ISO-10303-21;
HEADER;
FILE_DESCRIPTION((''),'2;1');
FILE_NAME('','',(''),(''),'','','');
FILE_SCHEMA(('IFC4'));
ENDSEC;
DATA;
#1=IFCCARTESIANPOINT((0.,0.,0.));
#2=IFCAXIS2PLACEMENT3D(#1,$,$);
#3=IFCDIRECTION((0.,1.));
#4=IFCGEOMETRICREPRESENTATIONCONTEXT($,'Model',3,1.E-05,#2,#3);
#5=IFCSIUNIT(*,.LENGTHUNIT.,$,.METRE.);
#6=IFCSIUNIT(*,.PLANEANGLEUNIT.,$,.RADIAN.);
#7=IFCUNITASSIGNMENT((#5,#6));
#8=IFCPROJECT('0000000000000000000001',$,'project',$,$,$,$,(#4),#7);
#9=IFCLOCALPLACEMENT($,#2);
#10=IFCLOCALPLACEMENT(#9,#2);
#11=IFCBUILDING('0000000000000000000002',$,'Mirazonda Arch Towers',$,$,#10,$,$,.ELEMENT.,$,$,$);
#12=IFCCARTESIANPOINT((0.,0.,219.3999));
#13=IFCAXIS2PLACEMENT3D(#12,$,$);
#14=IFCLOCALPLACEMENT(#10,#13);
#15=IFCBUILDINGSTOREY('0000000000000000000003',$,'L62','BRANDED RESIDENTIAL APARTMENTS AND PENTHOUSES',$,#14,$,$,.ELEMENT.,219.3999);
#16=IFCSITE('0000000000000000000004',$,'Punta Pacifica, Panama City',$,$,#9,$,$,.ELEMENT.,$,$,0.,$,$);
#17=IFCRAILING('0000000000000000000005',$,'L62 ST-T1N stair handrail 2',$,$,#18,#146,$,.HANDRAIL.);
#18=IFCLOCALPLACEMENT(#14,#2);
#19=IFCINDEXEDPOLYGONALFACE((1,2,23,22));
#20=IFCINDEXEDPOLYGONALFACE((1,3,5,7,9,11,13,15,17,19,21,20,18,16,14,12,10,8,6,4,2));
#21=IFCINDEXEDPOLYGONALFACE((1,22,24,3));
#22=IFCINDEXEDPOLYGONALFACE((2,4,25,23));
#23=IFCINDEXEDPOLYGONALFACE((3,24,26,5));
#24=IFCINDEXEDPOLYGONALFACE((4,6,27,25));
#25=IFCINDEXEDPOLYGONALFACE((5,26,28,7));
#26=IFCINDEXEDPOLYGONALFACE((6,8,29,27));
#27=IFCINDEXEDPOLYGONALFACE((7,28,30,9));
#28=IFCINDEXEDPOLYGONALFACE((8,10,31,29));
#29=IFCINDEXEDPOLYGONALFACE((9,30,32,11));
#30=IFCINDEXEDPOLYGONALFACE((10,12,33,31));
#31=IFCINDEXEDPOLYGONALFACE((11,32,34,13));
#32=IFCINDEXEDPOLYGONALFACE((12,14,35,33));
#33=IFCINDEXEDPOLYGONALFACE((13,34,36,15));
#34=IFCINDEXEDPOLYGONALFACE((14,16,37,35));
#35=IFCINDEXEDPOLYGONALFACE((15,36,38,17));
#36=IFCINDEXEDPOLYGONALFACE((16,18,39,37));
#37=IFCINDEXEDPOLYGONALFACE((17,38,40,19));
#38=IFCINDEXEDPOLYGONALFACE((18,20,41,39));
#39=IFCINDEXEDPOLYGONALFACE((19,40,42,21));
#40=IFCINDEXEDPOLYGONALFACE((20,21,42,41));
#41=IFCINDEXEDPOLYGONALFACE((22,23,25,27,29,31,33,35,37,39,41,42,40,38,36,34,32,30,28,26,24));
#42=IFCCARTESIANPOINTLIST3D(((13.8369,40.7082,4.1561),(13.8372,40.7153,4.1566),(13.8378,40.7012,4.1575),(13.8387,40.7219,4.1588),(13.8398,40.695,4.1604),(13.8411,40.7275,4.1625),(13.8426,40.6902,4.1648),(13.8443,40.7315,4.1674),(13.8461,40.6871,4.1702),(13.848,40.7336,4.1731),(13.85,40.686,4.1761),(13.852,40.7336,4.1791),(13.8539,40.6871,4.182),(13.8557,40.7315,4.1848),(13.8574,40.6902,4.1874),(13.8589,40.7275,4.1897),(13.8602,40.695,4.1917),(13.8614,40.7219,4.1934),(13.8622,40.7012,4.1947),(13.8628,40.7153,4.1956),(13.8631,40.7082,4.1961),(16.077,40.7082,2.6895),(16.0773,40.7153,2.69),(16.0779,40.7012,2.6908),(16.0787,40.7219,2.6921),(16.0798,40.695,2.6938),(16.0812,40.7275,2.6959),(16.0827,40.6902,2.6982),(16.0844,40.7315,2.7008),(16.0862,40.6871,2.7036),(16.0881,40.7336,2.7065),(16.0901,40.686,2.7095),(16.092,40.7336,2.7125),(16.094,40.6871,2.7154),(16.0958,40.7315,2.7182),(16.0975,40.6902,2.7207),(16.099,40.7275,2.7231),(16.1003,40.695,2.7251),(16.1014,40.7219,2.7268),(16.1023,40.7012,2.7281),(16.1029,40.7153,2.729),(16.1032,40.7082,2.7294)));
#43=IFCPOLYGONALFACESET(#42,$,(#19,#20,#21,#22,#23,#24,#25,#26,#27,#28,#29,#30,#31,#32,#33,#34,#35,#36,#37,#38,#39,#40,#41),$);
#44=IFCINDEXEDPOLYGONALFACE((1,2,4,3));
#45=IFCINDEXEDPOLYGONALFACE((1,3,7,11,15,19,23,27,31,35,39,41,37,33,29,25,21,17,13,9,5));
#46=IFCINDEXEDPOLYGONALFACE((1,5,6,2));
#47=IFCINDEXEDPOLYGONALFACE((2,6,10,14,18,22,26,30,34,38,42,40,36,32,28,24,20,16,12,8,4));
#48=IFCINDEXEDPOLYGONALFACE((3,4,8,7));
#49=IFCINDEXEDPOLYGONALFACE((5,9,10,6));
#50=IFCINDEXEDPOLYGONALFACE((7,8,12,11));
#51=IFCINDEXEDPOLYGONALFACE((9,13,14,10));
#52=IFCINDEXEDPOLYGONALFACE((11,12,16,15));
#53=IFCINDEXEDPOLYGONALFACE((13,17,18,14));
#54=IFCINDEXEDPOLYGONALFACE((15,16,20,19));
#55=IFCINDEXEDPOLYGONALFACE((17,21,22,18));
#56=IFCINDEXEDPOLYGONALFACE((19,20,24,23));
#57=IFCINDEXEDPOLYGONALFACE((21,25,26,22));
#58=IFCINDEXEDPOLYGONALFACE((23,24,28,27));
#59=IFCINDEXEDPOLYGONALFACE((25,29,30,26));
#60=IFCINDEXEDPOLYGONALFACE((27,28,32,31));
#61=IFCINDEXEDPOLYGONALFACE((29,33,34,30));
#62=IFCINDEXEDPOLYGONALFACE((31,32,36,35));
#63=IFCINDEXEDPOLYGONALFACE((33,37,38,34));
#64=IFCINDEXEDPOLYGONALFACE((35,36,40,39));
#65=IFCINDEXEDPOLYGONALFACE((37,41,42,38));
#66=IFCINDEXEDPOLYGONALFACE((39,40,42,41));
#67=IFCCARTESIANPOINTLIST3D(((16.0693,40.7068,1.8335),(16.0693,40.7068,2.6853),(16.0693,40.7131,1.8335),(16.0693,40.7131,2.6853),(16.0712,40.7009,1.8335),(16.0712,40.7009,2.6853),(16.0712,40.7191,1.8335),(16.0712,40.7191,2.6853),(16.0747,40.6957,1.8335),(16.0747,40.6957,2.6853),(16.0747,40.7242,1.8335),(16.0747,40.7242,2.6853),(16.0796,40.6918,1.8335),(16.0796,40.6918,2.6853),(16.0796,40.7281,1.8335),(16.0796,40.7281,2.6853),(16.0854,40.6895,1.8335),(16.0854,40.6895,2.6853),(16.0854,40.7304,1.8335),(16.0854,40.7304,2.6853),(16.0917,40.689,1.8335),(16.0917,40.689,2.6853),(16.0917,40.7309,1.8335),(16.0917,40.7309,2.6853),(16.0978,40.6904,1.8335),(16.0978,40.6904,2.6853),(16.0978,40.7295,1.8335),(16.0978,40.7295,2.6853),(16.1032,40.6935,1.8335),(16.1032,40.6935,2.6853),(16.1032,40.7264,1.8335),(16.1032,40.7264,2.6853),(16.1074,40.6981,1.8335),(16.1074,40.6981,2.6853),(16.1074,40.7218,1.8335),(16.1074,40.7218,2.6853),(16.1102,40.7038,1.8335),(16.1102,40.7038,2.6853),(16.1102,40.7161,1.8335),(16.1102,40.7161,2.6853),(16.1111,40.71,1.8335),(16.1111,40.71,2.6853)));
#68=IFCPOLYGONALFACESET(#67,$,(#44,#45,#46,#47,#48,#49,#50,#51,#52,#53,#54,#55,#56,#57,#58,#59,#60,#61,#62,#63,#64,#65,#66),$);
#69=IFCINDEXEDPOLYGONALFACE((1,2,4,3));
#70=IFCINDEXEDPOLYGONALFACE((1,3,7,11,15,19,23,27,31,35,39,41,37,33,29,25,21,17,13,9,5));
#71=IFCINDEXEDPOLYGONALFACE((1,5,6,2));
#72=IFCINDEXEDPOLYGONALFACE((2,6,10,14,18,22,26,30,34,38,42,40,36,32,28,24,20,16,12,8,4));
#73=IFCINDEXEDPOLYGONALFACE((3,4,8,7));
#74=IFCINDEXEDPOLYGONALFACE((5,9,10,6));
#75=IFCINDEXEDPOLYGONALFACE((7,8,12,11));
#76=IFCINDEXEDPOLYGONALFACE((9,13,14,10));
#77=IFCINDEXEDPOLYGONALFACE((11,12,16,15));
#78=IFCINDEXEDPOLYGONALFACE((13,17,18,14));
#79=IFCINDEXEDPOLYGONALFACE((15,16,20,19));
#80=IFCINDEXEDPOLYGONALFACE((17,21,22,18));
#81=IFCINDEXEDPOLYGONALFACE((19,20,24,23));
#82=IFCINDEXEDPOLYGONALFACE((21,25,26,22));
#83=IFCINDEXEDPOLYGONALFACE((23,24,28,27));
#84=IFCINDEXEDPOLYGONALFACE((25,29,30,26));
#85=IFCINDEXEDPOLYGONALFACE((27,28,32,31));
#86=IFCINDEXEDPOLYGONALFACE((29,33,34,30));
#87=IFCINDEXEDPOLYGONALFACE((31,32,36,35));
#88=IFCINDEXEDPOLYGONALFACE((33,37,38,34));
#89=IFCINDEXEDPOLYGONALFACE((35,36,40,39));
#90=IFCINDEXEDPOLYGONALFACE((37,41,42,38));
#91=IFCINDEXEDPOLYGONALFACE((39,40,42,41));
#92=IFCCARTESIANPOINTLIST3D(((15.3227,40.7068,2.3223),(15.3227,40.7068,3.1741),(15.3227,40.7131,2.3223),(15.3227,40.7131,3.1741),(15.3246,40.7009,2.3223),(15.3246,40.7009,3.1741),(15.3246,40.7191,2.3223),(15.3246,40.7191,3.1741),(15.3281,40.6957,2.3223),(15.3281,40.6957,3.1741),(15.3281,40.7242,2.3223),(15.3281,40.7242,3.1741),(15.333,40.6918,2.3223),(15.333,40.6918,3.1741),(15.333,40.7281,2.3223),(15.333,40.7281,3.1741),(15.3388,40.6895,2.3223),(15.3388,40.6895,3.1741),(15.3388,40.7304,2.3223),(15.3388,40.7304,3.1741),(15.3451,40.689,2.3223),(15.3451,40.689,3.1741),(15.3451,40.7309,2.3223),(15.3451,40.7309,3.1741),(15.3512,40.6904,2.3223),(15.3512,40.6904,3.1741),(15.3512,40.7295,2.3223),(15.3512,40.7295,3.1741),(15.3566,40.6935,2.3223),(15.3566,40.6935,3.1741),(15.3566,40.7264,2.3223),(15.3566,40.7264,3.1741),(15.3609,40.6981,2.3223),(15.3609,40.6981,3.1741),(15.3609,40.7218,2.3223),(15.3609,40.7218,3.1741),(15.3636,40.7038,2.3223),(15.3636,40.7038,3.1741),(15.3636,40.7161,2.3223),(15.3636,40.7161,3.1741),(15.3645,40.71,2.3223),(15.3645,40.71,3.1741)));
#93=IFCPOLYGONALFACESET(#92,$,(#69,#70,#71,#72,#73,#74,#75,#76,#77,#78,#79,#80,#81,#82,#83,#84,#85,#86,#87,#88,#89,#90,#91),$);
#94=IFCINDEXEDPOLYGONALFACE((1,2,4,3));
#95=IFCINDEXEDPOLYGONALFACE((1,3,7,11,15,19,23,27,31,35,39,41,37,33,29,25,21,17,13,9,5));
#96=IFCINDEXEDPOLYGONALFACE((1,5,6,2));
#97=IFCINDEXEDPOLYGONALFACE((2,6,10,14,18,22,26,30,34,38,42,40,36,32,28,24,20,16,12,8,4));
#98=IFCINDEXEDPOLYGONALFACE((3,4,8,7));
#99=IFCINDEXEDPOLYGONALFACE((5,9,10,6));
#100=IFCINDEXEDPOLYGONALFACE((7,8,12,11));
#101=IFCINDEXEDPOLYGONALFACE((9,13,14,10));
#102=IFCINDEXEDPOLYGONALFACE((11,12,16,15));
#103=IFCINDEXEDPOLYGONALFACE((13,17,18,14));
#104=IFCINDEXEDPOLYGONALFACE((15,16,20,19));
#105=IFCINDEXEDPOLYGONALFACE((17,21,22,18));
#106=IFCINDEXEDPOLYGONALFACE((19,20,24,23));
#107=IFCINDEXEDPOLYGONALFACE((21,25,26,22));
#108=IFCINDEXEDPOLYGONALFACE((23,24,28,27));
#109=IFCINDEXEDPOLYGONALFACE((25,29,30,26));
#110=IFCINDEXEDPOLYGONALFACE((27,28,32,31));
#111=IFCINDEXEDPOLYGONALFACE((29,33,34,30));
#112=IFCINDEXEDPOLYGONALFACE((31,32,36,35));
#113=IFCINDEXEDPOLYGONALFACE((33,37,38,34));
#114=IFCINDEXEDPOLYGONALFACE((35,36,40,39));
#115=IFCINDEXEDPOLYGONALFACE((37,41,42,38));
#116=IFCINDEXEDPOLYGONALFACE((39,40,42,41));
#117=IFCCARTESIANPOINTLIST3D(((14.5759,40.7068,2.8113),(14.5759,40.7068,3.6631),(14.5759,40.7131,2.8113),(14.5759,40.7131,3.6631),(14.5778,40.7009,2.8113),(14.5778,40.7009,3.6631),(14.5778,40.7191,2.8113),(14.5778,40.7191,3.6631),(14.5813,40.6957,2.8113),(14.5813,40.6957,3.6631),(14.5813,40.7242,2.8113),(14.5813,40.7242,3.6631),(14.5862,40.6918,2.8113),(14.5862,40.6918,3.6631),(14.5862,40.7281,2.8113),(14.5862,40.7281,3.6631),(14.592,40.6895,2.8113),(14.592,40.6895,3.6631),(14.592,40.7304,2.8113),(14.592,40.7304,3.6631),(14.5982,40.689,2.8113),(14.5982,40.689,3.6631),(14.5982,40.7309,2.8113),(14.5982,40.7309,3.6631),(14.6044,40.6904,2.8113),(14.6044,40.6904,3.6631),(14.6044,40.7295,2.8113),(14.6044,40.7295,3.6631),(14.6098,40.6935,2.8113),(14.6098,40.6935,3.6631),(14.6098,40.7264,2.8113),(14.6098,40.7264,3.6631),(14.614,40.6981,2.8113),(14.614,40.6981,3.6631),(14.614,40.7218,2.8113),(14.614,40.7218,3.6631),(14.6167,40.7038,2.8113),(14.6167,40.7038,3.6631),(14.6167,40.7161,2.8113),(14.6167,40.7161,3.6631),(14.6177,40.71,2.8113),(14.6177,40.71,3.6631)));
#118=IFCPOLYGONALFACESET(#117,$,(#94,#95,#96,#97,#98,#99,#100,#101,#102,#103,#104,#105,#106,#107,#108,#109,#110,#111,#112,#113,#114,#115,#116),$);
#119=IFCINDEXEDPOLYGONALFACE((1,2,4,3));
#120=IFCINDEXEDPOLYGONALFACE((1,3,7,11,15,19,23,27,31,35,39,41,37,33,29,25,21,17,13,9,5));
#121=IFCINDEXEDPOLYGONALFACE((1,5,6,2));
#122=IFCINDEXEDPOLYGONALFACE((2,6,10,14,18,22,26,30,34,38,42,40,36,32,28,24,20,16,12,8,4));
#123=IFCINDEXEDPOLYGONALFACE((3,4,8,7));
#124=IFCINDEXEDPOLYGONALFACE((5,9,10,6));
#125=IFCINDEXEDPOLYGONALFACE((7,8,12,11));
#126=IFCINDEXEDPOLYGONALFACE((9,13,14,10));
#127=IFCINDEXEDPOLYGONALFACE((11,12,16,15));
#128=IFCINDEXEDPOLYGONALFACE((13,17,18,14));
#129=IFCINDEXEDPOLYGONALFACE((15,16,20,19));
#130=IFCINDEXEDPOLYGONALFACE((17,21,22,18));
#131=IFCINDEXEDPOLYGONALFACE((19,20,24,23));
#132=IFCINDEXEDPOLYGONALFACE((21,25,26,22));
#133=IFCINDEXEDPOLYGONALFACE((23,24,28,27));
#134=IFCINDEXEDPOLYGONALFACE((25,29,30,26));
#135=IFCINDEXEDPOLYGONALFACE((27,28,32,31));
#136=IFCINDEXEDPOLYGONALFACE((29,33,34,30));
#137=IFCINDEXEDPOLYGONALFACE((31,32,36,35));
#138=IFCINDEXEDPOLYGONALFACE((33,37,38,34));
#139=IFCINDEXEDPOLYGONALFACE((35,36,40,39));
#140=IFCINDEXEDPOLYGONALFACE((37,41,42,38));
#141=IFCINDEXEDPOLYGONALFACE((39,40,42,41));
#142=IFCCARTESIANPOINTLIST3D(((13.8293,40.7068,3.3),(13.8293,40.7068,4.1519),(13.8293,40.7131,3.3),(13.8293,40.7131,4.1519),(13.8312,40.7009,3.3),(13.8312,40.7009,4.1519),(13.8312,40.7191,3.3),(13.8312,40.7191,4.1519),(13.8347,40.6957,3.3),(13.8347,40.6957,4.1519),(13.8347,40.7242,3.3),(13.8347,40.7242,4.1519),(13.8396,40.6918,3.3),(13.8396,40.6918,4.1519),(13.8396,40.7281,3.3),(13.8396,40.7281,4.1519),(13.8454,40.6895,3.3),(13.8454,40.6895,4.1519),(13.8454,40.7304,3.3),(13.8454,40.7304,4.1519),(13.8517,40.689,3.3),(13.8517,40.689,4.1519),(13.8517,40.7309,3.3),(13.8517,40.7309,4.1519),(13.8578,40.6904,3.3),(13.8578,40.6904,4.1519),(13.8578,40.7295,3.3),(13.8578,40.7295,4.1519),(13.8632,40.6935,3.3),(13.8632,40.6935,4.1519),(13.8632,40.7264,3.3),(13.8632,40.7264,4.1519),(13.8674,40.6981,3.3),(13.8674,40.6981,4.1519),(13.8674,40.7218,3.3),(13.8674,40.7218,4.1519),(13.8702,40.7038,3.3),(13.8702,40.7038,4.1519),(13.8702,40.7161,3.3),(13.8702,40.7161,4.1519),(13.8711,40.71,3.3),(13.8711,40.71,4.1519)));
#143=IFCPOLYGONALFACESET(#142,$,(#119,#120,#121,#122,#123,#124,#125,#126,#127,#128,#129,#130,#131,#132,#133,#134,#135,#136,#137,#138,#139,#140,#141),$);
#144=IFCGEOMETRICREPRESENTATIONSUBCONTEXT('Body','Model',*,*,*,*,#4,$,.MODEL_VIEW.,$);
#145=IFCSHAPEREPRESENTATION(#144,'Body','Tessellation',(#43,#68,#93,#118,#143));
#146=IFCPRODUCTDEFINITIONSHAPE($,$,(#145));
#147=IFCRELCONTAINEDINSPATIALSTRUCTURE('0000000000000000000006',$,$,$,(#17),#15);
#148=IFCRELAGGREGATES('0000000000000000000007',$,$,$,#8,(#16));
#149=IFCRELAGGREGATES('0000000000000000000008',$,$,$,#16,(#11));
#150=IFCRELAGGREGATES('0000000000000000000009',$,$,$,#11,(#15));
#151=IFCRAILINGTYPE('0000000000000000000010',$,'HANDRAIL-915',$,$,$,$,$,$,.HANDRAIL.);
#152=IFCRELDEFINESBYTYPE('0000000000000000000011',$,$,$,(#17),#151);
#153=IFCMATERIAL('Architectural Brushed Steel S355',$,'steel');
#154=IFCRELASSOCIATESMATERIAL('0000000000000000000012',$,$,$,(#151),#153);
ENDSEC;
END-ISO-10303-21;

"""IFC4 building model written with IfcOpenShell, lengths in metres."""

from ifc_helpers import new_model, si_unit, direction, frame, origin, origin_2d, place, context, subcontext, project, spatial, circle, extrude, material, type_object, element, save


model = new_model("IFC4")

# Units and contexts
model_context = context("Model", 3, precision=1e-05, world=origin(), true_north=direction((0.0, 1.0)))
body_context = subcontext(model_context, "Body", "Model", "MODEL_VIEW")
ifc_project = project(units=[si_unit("LENGTHUNIT", "METRE"), si_unit("PLANEANGLEUNIT", "RADIAN")], contexts=[model_context])

# Site, building, storey
site_placement = place(None, origin())
site = spatial("IfcSite", under=ifc_project, at=site_placement, Name="Punta Pacifica, Panama City", CompositionType="ELEMENT", RefElevation=0.0)
building_placement = place(site_placement, origin())
building = spatial("IfcBuilding", under=site, at=building_placement, Name="Mirazonda Arch Towers", CompositionType="ELEMENT")
storey_placement = place(building_placement, frame((0.0, 0.0, 219.3999)))
storey = spatial("IfcBuildingStorey", under=building, at=storey_placement, Name="L62", Description="BRANDED RESIDENTIAL APARTMENTS AND PENTHOUSES", CompositionType="ELEMENT", Elevation=219.3999)

# Railing
ifc_material_1 = material(Name="Architectural Brushed Steel S355", Category="steel")
railing_type_1 = type_object("IfcRailingType", Name="HANDRAIL-915", PredefinedType="HANDRAIL", material=ifc_material_1)
railing_1_placement = place(storey_placement, frame((16.0901, 40.71, 1.8335)))
element("IfcRailing", 1, at=railing_1_placement, inside=storey, type_object=railing_type_1, Name="L62 ST-T1N stair handrail 2", PredefinedType="HANDRAIL", context=body_context, shape_type="SweptSolid", body=[
    extrude(circle(Radius=0.0239, at=origin_2d()), frame((0.0, 0.0, 0.876), z_axis=(-0.836637, 0.0, 0.547758), x_axis=(0.0, -1.0, 0.0)), (0.0, 0.0, 1.0), 2.6775),
    extrude(circle(Radius=0.021, at=origin_2d()), origin(), (0.0, 0.0, 1.0), 0.8518),
    extrude(circle(Radius=0.021, at=origin_2d()), frame((-0.7466, 0.0, 0.4888)), (0.0, 0.0, 1.0), 0.8518),
    extrude(circle(Radius=0.021, at=origin_2d()), frame((-1.4934, 0.0, 0.9778)), (0.0, 0.0, 1.0), 0.8518),
    extrude(circle(Radius=0.021, at=origin_2d()), frame((-2.24, 0.0, 1.4666)), (0.0, 0.0, 1.0), 0.8518),
])

save(model, "model.ifc")
